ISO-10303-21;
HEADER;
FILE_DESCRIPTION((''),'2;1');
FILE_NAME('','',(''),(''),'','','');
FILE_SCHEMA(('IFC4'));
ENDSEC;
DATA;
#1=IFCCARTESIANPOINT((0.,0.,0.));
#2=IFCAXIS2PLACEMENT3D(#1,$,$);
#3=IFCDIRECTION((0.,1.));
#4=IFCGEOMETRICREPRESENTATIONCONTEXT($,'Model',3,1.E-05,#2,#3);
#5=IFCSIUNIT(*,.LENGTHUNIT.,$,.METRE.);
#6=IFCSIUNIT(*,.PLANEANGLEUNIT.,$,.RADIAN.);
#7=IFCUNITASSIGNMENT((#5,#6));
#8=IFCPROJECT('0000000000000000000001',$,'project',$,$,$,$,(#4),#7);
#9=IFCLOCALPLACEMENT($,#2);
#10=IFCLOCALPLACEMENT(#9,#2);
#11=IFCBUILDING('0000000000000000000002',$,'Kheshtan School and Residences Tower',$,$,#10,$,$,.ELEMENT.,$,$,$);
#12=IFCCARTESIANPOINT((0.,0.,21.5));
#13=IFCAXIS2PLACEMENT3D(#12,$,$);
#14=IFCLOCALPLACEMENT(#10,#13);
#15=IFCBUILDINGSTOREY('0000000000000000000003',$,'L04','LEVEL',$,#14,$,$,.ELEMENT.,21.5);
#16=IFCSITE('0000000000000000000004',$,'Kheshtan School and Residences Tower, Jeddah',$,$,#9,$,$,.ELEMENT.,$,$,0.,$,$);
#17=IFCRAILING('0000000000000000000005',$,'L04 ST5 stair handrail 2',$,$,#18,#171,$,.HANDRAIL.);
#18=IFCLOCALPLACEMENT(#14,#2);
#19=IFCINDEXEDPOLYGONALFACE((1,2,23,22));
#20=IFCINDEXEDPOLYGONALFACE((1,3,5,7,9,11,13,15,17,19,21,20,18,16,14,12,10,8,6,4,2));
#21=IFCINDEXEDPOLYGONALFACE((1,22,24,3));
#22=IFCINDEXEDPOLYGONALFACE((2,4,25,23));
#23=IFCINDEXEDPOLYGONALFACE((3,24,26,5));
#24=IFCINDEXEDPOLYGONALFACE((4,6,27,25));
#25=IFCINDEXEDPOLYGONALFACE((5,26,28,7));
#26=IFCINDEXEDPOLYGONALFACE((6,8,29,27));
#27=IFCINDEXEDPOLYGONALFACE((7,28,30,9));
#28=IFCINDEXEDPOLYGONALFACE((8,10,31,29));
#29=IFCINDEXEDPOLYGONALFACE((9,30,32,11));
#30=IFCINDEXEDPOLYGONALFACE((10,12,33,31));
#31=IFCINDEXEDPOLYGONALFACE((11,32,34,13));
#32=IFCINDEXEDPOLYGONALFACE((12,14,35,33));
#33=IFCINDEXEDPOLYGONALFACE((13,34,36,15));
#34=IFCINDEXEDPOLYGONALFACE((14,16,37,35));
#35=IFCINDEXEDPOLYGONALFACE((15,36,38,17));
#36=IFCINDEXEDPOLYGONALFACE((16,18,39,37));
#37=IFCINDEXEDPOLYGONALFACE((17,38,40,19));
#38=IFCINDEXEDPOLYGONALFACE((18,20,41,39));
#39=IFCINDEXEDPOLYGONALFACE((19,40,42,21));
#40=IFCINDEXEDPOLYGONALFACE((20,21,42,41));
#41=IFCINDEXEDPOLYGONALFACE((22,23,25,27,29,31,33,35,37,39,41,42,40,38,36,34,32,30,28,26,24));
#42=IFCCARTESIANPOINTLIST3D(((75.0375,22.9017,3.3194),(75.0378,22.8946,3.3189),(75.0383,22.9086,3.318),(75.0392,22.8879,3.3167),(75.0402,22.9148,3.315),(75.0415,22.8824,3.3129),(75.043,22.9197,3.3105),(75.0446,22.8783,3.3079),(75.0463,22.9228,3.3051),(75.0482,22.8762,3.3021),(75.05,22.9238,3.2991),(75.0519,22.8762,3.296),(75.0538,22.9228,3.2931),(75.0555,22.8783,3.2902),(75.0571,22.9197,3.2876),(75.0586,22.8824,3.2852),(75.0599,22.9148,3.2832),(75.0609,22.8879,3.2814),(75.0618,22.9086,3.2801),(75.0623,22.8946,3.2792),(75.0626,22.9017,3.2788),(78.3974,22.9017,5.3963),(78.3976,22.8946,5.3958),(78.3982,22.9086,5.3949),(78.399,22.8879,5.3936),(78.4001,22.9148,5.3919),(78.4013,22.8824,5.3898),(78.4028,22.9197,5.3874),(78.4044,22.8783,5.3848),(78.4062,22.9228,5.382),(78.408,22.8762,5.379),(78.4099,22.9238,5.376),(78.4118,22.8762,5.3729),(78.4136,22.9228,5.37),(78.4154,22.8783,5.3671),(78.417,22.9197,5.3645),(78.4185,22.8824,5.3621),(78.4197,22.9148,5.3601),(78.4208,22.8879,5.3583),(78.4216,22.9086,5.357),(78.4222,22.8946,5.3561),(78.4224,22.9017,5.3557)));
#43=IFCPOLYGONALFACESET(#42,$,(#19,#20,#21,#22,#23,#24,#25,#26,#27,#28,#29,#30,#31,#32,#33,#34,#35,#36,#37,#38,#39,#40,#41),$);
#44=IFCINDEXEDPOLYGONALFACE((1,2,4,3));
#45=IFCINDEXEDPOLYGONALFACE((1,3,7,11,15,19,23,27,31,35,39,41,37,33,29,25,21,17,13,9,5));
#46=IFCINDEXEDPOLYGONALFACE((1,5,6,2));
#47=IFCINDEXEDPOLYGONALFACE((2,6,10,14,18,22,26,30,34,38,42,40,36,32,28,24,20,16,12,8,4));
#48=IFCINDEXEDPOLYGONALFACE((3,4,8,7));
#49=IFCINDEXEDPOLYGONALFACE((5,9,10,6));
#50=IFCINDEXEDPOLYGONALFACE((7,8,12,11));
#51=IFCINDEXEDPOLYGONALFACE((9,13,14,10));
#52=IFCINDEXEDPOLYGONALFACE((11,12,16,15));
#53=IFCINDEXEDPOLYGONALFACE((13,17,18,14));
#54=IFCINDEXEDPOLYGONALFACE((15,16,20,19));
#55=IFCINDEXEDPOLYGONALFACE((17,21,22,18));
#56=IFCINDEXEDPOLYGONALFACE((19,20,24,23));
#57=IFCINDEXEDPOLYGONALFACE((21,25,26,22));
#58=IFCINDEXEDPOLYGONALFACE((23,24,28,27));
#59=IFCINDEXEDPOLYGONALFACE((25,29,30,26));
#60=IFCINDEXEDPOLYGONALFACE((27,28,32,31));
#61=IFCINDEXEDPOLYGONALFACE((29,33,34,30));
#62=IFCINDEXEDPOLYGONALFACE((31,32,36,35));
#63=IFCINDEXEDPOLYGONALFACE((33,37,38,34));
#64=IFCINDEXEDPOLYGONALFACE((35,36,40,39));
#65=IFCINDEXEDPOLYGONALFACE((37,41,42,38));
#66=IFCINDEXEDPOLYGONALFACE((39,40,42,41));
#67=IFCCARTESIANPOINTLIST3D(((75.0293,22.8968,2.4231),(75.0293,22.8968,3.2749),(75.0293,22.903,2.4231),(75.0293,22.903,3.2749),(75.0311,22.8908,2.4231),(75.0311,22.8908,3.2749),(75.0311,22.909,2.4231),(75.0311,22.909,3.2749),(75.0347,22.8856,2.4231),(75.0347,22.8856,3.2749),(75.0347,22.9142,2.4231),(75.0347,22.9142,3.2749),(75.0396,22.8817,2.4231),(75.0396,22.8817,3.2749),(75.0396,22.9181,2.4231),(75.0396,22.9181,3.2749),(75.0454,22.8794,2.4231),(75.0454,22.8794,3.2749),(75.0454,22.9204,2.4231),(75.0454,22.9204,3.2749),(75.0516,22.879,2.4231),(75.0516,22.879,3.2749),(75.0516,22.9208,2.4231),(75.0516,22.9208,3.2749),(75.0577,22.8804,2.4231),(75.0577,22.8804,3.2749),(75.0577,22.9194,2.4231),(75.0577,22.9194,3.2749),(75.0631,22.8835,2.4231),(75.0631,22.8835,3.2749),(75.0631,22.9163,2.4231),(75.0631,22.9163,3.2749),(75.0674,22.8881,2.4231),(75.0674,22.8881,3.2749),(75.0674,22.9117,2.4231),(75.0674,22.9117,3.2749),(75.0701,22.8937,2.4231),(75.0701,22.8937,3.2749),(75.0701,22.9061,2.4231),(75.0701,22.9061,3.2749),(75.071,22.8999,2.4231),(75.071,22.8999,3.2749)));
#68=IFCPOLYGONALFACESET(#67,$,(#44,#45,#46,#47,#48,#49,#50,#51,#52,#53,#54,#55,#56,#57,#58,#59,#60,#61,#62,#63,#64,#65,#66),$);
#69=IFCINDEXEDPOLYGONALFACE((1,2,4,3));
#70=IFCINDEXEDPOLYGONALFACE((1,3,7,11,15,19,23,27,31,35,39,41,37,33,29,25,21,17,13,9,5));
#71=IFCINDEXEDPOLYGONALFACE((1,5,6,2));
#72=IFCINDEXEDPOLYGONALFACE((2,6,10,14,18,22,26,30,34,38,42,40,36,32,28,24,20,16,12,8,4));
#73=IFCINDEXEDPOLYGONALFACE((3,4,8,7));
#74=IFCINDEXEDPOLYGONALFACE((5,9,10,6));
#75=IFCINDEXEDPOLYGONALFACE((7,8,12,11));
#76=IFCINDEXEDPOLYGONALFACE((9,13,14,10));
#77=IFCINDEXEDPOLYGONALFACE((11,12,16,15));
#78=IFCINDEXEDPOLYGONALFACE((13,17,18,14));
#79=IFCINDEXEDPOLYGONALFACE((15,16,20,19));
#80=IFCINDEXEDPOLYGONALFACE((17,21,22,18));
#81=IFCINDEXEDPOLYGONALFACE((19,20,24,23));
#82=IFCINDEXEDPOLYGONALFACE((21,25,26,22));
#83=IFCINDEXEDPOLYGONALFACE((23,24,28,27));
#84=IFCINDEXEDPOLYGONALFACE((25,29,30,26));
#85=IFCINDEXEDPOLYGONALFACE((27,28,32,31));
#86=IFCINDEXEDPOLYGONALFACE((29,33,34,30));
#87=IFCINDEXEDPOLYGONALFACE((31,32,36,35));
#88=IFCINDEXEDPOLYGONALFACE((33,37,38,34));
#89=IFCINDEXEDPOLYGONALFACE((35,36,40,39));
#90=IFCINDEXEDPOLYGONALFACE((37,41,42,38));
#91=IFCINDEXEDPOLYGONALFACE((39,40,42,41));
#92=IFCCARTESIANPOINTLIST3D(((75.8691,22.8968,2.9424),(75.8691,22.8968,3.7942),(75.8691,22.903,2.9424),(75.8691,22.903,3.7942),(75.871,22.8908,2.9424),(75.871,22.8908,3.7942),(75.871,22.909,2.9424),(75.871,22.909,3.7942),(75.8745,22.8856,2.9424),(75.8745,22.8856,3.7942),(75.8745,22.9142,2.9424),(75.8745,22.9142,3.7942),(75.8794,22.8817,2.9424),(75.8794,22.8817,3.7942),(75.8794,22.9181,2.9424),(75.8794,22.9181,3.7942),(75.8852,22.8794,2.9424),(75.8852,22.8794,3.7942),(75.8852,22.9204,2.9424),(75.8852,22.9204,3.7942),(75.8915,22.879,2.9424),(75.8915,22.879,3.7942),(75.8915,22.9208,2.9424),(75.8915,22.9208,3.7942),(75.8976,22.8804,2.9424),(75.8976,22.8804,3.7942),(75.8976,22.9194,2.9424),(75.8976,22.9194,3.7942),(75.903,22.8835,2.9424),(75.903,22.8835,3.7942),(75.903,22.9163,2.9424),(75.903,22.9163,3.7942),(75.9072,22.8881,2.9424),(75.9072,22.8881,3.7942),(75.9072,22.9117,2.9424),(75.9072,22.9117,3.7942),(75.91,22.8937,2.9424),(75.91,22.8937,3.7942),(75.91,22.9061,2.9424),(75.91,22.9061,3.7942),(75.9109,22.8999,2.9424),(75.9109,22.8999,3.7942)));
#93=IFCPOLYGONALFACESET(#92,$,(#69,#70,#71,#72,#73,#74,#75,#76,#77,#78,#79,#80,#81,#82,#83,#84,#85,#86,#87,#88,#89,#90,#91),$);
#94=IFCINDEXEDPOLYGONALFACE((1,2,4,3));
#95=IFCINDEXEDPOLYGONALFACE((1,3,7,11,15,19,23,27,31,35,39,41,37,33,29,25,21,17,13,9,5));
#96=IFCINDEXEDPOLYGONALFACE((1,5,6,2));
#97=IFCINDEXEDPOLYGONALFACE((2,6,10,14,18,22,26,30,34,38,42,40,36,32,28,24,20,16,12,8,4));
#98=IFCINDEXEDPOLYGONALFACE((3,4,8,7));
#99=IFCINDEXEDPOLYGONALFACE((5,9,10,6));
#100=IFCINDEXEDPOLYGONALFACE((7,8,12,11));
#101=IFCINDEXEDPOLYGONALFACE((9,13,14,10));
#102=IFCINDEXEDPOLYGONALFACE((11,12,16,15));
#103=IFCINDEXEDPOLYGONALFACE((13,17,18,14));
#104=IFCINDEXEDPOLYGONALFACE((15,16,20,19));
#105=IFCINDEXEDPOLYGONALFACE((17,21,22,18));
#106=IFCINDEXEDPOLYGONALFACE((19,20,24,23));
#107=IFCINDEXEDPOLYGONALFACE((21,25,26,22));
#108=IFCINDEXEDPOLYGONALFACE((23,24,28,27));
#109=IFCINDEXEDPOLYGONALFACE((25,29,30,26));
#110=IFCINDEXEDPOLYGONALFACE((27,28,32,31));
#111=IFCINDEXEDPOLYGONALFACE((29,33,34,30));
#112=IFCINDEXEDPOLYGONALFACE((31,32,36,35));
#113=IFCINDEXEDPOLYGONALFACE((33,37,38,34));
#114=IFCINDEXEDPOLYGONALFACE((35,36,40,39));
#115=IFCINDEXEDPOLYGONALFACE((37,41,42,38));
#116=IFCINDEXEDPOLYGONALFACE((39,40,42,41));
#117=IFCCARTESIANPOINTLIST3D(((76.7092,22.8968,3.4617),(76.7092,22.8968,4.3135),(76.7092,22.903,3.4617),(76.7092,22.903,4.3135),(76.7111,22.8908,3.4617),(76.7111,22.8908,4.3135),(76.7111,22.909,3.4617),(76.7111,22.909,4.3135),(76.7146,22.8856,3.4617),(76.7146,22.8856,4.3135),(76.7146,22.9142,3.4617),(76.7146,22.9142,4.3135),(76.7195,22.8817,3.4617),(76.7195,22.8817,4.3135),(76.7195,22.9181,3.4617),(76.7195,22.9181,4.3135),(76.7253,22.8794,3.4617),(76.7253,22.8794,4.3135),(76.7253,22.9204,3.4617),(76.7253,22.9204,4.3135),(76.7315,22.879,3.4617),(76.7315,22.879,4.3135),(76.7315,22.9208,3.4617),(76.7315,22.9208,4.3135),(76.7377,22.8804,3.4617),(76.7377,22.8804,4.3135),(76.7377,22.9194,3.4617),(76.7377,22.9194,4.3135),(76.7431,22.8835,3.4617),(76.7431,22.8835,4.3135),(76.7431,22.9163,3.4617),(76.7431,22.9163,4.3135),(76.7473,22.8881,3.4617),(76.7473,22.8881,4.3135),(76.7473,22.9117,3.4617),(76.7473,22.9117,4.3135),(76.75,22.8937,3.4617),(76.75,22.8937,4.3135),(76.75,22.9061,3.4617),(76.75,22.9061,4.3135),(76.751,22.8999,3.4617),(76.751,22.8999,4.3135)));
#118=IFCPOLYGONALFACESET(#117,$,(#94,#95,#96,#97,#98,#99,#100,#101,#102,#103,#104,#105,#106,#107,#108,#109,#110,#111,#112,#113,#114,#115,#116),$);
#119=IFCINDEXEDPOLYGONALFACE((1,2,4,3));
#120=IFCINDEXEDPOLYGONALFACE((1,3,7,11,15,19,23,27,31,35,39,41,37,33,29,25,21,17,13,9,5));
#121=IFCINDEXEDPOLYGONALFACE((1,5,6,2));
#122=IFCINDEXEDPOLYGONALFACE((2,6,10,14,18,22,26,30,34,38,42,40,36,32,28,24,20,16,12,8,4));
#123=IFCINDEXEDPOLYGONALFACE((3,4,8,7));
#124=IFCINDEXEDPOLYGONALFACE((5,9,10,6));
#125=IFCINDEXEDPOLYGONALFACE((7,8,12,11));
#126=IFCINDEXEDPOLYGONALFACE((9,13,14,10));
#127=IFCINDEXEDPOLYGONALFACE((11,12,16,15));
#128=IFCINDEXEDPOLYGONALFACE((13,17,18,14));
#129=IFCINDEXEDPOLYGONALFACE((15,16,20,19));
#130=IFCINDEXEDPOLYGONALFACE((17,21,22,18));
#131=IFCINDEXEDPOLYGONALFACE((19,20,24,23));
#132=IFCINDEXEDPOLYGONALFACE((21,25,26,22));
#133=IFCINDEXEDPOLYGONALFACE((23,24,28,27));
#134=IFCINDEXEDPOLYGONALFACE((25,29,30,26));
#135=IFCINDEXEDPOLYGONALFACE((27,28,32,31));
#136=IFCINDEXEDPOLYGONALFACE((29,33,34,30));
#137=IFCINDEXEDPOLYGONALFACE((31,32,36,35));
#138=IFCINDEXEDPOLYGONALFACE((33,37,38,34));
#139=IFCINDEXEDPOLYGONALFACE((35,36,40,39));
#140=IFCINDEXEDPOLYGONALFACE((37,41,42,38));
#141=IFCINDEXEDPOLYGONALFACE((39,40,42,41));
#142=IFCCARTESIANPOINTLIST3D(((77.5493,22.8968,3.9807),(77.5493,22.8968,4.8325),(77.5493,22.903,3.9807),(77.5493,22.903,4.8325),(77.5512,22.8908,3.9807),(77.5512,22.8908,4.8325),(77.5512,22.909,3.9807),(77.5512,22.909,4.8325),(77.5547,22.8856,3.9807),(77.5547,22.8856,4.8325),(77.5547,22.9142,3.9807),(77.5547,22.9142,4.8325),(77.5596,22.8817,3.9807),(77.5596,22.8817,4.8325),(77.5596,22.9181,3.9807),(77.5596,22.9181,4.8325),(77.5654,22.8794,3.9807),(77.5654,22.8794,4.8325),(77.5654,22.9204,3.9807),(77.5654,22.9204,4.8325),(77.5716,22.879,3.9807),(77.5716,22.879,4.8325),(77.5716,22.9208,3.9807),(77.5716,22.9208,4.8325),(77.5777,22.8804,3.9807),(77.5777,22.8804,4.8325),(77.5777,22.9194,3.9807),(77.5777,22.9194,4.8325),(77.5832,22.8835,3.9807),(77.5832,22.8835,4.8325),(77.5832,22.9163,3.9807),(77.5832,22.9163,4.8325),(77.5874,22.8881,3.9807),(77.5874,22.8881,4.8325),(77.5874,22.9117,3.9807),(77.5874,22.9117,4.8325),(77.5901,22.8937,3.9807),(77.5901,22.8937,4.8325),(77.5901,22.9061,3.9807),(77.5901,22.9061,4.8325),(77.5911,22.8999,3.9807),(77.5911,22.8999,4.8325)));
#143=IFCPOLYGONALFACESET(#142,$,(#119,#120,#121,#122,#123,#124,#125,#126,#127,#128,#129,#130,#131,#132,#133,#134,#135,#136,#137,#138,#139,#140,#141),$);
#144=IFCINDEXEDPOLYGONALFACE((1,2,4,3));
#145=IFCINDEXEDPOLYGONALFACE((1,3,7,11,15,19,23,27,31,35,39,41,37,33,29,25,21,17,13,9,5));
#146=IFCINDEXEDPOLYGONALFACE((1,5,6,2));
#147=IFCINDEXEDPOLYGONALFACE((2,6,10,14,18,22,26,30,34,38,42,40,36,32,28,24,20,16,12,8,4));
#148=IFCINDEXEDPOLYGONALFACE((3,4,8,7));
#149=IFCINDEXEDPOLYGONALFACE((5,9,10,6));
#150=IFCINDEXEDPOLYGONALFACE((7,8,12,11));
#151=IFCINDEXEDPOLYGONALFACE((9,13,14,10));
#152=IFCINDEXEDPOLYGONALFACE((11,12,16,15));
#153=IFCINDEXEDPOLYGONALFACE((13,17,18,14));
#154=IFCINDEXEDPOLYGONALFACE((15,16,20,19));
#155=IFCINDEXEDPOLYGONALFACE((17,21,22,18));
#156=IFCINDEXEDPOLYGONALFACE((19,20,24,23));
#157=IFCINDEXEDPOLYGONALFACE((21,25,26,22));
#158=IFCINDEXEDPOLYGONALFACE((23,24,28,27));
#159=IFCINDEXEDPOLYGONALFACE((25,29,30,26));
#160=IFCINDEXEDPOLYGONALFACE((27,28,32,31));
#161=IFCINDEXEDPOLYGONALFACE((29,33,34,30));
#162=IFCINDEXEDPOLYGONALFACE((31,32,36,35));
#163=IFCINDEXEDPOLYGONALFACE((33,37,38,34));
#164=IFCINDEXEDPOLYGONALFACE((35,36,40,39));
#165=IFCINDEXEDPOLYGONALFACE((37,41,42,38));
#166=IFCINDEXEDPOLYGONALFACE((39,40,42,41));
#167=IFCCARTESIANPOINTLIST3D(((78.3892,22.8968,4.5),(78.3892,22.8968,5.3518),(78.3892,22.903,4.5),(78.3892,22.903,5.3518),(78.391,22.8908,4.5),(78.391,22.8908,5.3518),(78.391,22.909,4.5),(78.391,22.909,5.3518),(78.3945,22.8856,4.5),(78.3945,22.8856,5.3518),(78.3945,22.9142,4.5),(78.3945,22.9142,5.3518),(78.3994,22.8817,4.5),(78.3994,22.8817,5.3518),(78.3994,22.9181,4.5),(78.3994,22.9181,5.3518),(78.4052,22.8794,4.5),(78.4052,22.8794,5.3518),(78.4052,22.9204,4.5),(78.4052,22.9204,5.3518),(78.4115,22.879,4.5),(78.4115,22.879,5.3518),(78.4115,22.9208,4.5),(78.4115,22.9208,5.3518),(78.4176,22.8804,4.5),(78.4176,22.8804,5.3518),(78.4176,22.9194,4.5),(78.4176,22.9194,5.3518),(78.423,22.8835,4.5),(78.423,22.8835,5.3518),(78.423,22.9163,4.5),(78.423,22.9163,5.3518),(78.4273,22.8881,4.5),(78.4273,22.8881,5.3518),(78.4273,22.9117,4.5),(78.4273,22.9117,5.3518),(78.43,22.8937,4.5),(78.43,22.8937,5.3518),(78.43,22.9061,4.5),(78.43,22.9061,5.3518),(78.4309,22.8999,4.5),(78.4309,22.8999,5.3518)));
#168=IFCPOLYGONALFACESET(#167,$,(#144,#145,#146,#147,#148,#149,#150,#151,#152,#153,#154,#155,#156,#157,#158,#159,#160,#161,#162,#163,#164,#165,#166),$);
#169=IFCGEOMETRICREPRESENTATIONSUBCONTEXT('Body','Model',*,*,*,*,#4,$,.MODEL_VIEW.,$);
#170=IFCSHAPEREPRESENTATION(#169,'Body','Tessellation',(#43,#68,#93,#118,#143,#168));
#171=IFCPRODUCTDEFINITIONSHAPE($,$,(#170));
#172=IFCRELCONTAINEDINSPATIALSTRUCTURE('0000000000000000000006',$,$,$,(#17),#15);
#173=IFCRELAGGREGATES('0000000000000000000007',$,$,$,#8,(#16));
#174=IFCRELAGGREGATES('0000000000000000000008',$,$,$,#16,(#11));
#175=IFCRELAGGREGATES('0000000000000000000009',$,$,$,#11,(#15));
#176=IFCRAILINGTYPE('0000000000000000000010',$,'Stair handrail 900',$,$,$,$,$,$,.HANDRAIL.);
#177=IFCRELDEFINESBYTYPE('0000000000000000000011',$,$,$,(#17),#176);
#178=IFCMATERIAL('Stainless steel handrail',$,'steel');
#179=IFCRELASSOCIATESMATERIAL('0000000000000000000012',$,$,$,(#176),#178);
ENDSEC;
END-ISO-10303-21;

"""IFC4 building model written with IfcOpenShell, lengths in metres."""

from ifc_helpers import new_model, si_unit, direction, frame, origin, origin_2d, place, context, subcontext, project, spatial, circle, extrude, material, type_object, element, save


model = new_model("IFC4")

# Units and contexts
model_context = context("Model", 3, precision=1e-05, world=origin(), true_north=direction((0.0, 1.0)))
body_context = subcontext(model_context, "Body", "Model", "MODEL_VIEW")
ifc_project = project(units=[si_unit("LENGTHUNIT", "METRE"), si_unit("PLANEANGLEUNIT", "RADIAN")], contexts=[model_context])

# Site, building, storey
site_placement = place(None, origin())
site = spatial("IfcSite", under=ifc_project, at=site_placement, Name="Kheshtan School and Residences Tower, Jeddah", CompositionType="ELEMENT", RefElevation=0.0)
building_placement = place(site_placement, origin())
building = spatial("IfcBuilding", under=site, at=building_placement, Name="Kheshtan School and Residences Tower", CompositionType="ELEMENT")
storey_placement = place(building_placement, frame((0.0, 0.0, 21.5)))
storey = spatial("IfcBuildingStorey", under=building, at=storey_placement, Name="L04", Description="LEVEL", CompositionType="ELEMENT", Elevation=21.5)

# Railing
ifc_material_1 = material(Name="Stainless steel handrail", Category="steel")
railing_type = type_object("IfcRailingType", Name="Stair handrail 900", PredefinedType="HANDRAIL", material=ifc_material_1)
railing_1_placement = place(storey_placement, frame((75.05, 22.8999, 2.4231)))
element("IfcRailing", 1, at=railing_1_placement, inside=storey, type_object=railing_type, Name="L04 ST5 stair handrail 2", PredefinedType="HANDRAIL", context=body_context, shape_type="SweptSolid", body=[
    extrude(circle(Radius=0.0239, at=origin_2d()), frame((0.0, 0.0, 0.876), z_axis=(0.850606, 0.0, 0.525803), x_axis=(0.0, 1.0, 0.0)), (0.0, 0.0, 1.0), 3.95),
    extrude(circle(Radius=0.021, at=origin_2d()), origin(), (0.0, 0.0, 1.0), 0.8518),
    extrude(circle(Radius=0.021, at=origin_2d()), frame((0.8398, 0.0, 0.5193)), (0.0, 0.0, 1.0), 0.8518),
    extrude(circle(Radius=0.021, at=origin_2d()), frame((1.6799, 0.0, 1.0386)), (0.0, 0.0, 1.0), 0.8518),
    extrude(circle(Radius=0.021, at=origin_2d()), frame((2.52, 0.0, 1.5576)), (0.0, 0.0, 1.0), 0.8518),
    extrude(circle(Radius=0.021, at=origin_2d()), frame((3.3599, 0.0, 2.0769)), (0.0, 0.0, 1.0), 0.8518),
])

save(model, "model.ifc")
